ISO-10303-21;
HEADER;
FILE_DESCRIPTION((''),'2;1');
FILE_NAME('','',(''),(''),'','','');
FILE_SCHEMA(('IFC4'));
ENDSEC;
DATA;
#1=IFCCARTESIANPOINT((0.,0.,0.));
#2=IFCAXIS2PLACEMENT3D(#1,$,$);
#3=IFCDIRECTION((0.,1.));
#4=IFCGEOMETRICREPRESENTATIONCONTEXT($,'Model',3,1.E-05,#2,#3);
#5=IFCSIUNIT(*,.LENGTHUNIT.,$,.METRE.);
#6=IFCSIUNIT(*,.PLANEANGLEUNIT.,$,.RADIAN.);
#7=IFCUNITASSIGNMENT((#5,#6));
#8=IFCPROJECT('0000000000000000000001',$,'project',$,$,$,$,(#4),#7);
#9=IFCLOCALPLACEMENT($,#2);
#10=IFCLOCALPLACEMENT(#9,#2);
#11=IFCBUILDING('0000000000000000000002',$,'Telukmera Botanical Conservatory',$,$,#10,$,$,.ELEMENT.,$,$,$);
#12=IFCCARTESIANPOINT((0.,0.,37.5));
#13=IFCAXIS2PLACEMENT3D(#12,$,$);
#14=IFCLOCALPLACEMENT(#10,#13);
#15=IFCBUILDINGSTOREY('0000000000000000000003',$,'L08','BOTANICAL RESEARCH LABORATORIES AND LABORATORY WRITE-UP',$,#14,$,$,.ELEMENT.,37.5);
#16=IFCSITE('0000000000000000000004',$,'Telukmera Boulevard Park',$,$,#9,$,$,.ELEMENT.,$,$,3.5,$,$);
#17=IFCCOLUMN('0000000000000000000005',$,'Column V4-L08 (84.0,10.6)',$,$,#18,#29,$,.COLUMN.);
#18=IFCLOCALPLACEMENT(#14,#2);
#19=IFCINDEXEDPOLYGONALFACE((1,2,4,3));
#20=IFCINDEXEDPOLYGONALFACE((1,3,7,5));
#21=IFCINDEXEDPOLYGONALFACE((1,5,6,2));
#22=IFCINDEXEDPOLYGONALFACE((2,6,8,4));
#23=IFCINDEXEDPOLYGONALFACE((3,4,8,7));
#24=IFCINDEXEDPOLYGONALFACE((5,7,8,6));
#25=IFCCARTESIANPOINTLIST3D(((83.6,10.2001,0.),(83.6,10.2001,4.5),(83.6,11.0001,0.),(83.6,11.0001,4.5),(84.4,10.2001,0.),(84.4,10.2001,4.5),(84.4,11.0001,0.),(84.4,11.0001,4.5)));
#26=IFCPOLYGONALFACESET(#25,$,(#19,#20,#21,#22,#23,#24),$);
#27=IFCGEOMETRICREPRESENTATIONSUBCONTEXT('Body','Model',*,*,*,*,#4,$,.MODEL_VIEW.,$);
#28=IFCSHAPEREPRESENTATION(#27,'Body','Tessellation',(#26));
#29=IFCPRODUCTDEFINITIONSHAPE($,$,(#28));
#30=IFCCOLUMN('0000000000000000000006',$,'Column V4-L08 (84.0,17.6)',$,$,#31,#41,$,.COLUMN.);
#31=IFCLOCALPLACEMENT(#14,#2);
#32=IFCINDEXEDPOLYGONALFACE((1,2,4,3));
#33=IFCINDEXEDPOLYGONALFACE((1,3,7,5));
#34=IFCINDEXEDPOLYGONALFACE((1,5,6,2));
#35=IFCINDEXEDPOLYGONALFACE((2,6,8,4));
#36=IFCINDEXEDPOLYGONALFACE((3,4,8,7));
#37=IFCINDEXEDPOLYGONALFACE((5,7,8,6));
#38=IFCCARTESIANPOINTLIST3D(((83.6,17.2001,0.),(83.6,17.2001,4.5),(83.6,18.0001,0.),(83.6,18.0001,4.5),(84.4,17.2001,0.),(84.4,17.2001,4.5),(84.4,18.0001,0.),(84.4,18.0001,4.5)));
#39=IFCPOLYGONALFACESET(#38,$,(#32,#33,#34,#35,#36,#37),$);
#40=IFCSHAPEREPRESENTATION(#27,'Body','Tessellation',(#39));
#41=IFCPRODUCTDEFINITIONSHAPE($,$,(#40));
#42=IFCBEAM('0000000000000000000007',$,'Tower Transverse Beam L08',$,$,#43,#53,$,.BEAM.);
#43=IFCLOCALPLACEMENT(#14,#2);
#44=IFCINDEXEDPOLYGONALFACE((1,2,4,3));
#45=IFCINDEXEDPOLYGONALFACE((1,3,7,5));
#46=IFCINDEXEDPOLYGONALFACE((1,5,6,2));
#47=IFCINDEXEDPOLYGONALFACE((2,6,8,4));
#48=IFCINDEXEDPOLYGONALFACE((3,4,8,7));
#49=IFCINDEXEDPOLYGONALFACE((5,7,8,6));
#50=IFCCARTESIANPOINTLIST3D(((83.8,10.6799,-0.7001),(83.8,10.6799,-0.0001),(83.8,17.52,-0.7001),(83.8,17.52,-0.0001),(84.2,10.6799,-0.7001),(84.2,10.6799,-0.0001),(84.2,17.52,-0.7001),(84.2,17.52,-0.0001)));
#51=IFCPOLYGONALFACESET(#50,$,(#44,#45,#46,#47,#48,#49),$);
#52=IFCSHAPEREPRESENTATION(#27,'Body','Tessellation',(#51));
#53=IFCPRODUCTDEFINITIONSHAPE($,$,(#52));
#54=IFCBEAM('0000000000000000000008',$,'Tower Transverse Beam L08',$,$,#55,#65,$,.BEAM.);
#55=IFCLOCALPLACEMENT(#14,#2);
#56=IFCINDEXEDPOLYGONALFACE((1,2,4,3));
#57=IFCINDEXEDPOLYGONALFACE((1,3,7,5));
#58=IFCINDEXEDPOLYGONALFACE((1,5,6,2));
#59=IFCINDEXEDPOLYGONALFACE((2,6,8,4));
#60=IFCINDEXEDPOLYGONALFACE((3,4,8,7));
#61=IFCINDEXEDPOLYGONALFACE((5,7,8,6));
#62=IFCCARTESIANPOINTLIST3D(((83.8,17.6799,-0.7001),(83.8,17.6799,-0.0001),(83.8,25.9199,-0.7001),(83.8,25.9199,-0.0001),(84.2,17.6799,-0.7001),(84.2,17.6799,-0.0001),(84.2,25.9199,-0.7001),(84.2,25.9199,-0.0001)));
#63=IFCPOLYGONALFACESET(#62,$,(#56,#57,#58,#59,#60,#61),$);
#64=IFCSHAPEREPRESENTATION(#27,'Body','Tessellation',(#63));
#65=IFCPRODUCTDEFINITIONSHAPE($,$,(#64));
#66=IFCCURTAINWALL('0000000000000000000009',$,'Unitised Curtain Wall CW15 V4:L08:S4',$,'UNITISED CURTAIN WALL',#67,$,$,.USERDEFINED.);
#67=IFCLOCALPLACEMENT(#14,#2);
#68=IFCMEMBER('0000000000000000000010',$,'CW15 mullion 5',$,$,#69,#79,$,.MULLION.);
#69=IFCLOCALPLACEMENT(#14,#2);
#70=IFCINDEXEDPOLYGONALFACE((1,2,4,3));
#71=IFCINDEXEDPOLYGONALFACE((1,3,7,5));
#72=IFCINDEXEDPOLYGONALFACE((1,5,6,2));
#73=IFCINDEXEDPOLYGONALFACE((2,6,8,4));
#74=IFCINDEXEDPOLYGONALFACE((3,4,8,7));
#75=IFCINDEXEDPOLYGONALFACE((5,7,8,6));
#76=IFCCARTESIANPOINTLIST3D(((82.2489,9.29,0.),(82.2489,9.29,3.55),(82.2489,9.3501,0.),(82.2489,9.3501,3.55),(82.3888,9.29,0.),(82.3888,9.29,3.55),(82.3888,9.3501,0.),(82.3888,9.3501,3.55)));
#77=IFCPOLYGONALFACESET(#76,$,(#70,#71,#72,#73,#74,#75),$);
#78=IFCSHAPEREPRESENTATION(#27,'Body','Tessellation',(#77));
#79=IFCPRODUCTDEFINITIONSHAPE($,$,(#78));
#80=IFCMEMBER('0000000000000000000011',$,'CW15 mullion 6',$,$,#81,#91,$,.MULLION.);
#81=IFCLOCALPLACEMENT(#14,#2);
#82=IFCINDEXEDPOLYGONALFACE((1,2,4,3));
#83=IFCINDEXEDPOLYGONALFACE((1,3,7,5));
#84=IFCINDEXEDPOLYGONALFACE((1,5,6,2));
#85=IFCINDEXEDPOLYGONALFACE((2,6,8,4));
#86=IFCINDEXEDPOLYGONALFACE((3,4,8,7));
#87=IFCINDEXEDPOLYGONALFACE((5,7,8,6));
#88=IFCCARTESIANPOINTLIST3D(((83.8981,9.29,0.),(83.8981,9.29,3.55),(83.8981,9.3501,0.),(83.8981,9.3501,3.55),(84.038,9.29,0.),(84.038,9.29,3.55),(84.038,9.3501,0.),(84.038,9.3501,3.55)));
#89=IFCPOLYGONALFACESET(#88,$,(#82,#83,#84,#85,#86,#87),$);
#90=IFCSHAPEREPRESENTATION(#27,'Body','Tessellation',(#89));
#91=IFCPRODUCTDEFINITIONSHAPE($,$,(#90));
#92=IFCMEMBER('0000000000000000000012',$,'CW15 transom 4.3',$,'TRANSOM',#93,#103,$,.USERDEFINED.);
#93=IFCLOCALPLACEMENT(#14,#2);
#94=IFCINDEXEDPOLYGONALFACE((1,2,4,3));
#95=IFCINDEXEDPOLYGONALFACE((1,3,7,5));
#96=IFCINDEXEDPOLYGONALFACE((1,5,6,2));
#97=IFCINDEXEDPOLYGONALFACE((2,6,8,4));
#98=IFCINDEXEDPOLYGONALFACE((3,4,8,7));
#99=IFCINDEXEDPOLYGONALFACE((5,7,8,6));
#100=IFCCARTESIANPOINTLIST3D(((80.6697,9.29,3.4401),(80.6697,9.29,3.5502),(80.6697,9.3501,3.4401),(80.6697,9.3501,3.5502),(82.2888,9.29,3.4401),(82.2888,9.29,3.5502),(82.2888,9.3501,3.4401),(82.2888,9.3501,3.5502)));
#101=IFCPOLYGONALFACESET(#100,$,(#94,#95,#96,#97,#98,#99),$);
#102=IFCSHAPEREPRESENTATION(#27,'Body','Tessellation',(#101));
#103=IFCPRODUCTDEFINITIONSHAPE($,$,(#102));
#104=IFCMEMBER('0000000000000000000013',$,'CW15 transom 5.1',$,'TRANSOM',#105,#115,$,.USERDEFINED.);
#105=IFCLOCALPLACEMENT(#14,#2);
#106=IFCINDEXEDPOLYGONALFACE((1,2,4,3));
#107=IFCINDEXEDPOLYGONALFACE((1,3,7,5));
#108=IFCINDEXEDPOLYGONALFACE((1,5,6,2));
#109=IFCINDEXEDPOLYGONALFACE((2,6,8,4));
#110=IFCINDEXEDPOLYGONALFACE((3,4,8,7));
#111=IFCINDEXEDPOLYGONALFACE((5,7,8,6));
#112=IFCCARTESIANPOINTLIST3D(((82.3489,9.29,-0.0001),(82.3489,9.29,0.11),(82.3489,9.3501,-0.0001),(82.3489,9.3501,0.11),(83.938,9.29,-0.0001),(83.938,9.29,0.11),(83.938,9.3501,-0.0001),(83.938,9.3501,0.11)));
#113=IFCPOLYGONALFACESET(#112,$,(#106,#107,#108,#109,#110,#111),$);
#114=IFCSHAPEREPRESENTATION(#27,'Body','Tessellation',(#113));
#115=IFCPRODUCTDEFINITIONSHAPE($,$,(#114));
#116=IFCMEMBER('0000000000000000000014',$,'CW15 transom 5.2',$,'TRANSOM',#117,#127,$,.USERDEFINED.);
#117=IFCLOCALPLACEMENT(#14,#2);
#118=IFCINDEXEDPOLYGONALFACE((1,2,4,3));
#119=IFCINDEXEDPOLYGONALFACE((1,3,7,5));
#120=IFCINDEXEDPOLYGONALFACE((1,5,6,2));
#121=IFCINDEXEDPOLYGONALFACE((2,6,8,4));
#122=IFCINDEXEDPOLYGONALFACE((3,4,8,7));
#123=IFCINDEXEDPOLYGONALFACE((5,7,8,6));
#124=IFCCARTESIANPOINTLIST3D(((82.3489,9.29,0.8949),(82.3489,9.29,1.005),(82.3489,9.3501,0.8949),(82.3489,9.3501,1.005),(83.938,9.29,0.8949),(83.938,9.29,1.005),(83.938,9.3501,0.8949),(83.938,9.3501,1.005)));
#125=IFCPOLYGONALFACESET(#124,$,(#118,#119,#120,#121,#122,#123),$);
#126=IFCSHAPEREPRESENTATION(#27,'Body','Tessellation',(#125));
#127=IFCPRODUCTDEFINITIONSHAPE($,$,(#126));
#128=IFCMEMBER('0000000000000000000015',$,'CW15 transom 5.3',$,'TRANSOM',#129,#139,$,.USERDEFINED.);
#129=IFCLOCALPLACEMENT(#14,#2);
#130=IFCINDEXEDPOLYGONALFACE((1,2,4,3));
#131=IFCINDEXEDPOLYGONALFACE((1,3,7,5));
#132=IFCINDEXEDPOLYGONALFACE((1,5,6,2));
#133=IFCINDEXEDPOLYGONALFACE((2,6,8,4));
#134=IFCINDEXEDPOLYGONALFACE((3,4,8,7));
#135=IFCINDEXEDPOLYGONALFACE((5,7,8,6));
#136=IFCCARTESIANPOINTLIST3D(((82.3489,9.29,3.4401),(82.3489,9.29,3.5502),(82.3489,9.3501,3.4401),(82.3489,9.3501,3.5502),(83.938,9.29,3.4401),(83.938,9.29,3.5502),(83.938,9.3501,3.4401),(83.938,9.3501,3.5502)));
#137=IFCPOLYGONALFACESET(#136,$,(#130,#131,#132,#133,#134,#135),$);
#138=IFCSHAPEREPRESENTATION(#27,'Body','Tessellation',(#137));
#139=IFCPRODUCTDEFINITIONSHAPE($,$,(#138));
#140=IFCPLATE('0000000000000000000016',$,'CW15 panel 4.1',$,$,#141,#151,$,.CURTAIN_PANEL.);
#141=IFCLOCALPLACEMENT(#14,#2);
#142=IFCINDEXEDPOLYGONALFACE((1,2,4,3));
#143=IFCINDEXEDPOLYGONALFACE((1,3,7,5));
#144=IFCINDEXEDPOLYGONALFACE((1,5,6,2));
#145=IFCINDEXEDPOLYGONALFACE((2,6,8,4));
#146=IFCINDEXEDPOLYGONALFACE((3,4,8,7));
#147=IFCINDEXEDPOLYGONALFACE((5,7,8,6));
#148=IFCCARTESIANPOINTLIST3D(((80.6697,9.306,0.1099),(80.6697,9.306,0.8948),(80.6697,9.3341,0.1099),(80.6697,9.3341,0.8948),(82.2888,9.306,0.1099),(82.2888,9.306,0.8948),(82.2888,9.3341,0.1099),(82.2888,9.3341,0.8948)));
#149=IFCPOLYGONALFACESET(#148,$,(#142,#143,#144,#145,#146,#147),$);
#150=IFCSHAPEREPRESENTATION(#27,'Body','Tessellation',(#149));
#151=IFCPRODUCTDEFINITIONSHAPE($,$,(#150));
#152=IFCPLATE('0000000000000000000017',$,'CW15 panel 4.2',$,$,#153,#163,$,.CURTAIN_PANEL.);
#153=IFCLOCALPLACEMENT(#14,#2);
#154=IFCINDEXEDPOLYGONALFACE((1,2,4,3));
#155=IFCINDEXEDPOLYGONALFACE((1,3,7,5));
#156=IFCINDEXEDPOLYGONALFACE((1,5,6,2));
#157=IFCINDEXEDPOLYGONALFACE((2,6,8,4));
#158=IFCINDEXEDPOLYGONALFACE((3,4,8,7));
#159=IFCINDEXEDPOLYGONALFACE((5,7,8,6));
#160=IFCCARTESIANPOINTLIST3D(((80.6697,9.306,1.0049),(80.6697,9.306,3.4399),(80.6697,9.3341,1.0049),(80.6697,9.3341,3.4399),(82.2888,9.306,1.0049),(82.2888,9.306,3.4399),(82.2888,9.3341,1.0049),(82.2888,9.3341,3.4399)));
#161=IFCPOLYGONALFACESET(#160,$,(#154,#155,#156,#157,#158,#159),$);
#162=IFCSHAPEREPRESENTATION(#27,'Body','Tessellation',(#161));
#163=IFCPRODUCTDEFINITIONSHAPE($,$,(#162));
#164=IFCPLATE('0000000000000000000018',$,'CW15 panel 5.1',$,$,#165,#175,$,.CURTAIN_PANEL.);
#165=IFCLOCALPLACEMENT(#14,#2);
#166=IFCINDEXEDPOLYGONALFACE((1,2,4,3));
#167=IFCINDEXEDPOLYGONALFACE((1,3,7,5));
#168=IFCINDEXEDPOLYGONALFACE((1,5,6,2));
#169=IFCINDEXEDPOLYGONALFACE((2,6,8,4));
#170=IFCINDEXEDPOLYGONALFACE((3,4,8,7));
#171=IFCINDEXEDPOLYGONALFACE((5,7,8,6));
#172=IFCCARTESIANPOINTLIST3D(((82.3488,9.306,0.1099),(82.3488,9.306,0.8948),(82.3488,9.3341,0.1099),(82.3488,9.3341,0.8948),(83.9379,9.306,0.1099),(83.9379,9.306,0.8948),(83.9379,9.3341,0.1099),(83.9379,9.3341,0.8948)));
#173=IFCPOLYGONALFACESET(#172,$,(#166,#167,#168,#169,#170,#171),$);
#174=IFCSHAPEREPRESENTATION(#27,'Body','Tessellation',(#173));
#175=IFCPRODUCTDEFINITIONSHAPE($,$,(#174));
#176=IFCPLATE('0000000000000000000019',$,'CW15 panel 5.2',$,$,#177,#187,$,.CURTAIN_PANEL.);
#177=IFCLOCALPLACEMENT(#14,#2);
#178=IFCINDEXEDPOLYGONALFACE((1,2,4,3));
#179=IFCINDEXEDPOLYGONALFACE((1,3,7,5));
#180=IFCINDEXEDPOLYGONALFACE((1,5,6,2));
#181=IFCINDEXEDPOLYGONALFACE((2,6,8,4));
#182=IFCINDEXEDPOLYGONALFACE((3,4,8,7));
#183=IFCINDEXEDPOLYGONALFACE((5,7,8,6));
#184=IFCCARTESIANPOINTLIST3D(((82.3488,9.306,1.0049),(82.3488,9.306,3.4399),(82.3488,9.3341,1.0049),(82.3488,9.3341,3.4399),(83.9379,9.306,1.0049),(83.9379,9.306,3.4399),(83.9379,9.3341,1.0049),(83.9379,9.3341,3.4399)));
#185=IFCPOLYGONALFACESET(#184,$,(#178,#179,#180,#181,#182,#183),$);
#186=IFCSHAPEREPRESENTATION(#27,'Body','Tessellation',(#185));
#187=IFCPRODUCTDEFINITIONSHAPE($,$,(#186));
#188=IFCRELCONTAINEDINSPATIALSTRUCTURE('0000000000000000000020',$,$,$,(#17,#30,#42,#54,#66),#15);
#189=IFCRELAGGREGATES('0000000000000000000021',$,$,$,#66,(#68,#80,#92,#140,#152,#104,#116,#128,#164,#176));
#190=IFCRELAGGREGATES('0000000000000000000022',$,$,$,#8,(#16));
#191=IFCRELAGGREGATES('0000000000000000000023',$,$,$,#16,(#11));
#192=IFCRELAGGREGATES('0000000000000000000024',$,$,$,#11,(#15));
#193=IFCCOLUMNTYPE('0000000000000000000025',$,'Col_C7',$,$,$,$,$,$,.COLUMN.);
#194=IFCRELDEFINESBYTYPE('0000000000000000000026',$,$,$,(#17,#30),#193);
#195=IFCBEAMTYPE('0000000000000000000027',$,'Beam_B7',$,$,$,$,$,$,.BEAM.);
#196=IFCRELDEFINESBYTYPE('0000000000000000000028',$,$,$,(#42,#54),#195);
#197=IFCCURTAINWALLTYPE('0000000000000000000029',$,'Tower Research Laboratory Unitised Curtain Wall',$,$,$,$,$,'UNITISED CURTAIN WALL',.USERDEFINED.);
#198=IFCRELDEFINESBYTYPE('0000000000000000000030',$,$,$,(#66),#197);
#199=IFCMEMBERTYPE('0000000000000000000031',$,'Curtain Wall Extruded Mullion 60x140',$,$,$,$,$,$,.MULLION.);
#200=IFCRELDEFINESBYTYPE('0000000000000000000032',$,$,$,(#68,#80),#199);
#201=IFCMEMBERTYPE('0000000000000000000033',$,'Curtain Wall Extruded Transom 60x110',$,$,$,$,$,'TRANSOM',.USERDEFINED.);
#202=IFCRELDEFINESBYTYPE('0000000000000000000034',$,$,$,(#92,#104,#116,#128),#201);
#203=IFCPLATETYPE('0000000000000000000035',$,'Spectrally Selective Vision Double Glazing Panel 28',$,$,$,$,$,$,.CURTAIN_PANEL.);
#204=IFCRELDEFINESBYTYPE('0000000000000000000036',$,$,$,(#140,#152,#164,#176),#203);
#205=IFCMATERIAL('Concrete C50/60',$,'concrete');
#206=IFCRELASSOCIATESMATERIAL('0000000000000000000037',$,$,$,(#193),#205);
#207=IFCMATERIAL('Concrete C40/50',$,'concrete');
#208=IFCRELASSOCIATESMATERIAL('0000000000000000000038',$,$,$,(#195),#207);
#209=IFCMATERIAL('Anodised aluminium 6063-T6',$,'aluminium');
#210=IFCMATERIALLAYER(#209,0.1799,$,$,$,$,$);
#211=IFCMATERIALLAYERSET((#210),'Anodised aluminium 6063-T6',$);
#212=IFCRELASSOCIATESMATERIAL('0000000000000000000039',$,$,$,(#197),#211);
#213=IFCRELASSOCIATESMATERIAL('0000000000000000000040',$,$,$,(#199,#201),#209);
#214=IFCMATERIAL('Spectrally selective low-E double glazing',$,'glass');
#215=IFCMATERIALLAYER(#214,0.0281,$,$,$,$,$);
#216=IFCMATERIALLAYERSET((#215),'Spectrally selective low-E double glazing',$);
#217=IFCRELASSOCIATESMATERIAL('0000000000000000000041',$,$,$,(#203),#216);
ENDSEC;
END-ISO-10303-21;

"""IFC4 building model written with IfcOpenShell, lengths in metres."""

from ifc_helpers import new_model, si_unit, direction, frame, origin, origin_2d, place, context, subcontext, project, spatial, rectangle, extrude, material, layer, layer_set, material_profile, profile_set, type_object, element, aggregate, save


model = new_model("IFC4")

# Units and contexts
model_context = context("Model", 3, precision=1e-05, world=origin(), true_north=direction((0.0, 1.0)))
body_context = subcontext(model_context, "Body", "Model", "MODEL_VIEW")
ifc_project = project(units=[si_unit("LENGTHUNIT", "METRE"), si_unit("PLANEANGLEUNIT", "RADIAN")], contexts=[model_context])

# Site, building, storey
site_placement = place(None, origin())
site = spatial("IfcSite", under=ifc_project, at=site_placement, Name="Telukmera Boulevard Park", CompositionType="ELEMENT", RefElevation=3.5)
building_placement = place(site_placement, origin())
building = spatial("IfcBuilding", under=site, at=building_placement, Name="Telukmera Botanical Conservatory", CompositionType="ELEMENT")
storey_placement = place(building_placement, frame((0.0, 0.0, 37.5)))
storey = spatial("IfcBuildingStorey", under=building, at=storey_placement, Name="L08", Description="BOTANICAL RESEARCH LABORATORIES AND LABORATORY WRITE-UP", CompositionType="ELEMENT", Elevation=37.5)

# Columns
ifc_material_1 = material(Name="Concrete C50/60", Category="concrete")
ifc_material_profile_1 = material_profile(ifc_material_1, rectangle(XDim=0.8, YDim=0.8, at=origin_2d()), Name="RC 800x800")
ifc_profile_set_1 = profile_set([ifc_material_profile_1], Name="Concrete C50/60")
column_type = type_object("IfcColumnType", Name="Col_C7", PredefinedType="COLUMN", material=ifc_profile_set_1)
for number, where, z_axis, x_axis, name in (
    (1, (84.0, 10.6001, 0.0), (0.0, 0.0, 1.0), (1.0, 0.0, 0.0), "Column V4-L08 (84.0,10.6)"),
    (2, (84.0, 17.6001, 0.0), (0.0, 0.0, 1.0), (1.0, 0.0, 0.0), "Column V4-L08 (84.0,17.6)"),
):
    element("IfcColumn", number, at=place(storey_placement, frame(where, z_axis=z_axis, x_axis=x_axis)), inside=storey, type_object=column_type, Name=name, PredefinedType="COLUMN", context=body_context, shape_type="SweptSolid", body=[
        extrude(rectangle(XDim=0.8, YDim=0.8, at=origin_2d()), origin(), (0.0, 0.0, 1.0), 4.5),
    ])

# Beams
ifc_material_2 = material(Name="Concrete C40/50", Category="concrete")
ifc_material_profile_2 = material_profile(ifc_material_2, rectangle(XDim=0.3999, YDim=0.7, at=origin_2d()), Name="RC 400x700")
ifc_profile_set_2 = profile_set([ifc_material_profile_2], Name="Concrete C40/50")
beam_type = type_object("IfcBeamType", Name="Beam_B7", PredefinedType="BEAM", material=ifc_profile_set_2)
beam_1_placement = place(storey_placement, frame((84.0, 10.6799, -0.3501), z_axis=(0.0, 1.0, 0.0), x_axis=(-1.0, 0.0, 0.0)))
element("IfcBeam", 3, at=beam_1_placement, inside=storey, type_object=beam_type, Name="Tower Transverse Beam L08", PredefinedType="BEAM", context=body_context, shape_type="SweptSolid", body=[
    extrude(rectangle(XDim=0.3999, YDim=0.7, at=origin_2d()), origin(), (0.0, 0.0, 1.0), 6.8401),
])
beam_2_placement = place(storey_placement, frame((84.0, 17.6799, -0.3501), z_axis=(0.0, 1.0, 0.0), x_axis=(-1.0, 0.0, 0.0)))
element("IfcBeam", 4, at=beam_2_placement, inside=storey, type_object=beam_type, Name="Tower Transverse Beam L08", PredefinedType="BEAM", context=body_context, shape_type="SweptSolid", body=[
    extrude(rectangle(XDim=0.3999, YDim=0.7, at=origin_2d()), origin(), (0.0, 0.0, 1.0), 8.24),
])

# Curtain wall, members, plates
ifc_material_3 = material(Name="Anodised aluminium 6063-T6", Category="aluminium")
ifc_layer_1 = layer(ifc_material_3, 0.1799)
ifc_layer_set_1 = layer_set([ifc_layer_1], Name="Anodised aluminium 6063-T6")
curtain_wall_type = type_object("IfcCurtainWallType", Name="Tower Research Laboratory Unitised Curtain Wall", ElementType="UNITISED CURTAIN WALL", PredefinedType="USERDEFINED", material=ifc_layer_set_1)
curtain_wall_placement = place(storey_placement, origin())
curtain_wall = element("IfcCurtainWall", 5, at=curtain_wall_placement, inside=storey, type_object=curtain_wall_type, Name="Unitised Curtain Wall CW15 V4:L08:S4", ObjectType="UNITISED CURTAIN WALL", PredefinedType="USERDEFINED")
ifc_material_profile_3 = material_profile(ifc_material_3, rectangle(XDim=0.0601, YDim=0.1399, at=origin_2d()), Name="ALU MULL 60x140")
ifc_profile_set_3 = profile_set([ifc_material_profile_3], Name="Anodised aluminium 6063-T6")
member_type_1 = type_object("IfcMemberType", Name="Curtain Wall Extruded Mullion 60x140", PredefinedType="MULLION", material=ifc_profile_set_3)
member_1_placement = place(storey_placement, frame((82.3188, 9.3201, 0.0), z_axis=(0.0, 0.0, 1.0), x_axis=(0.0, 1.0, 0.0)))
member_1 = element("IfcMember", 6, at=member_1_placement, type_object=member_type_1, Name="CW15 mullion 5", PredefinedType="MULLION", context=body_context, shape_type="SweptSolid", body=[
    extrude(rectangle(XDim=0.0601, YDim=0.1399, at=origin_2d()), origin(), (0.0, 0.0, 1.0), 3.55),
])
member_2_placement = place(storey_placement, frame((83.968, 9.3201, 0.0), z_axis=(0.0, 0.0, 1.0), x_axis=(0.0, 1.0, 0.0)))
member_2 = element("IfcMember", 7, at=member_2_placement, type_object=member_type_1, Name="CW15 mullion 6", PredefinedType="MULLION", context=body_context, shape_type="SweptSolid", body=[
    extrude(rectangle(XDim=0.0601, YDim=0.1399, at=origin_2d()), origin(), (0.0, 0.0, 1.0), 3.55),
])
ifc_material_profile_4 = material_profile(ifc_material_3, rectangle(XDim=0.0601, YDim=0.1101, at=origin_2d()), Name="ALU TRAN 60x110")
ifc_profile_set_4 = profile_set([ifc_material_profile_4], Name="Anodised aluminium 6063-T6")
member_type_2 = type_object("IfcMemberType", Name="Curtain Wall Extruded Transom 60x110", ElementType="TRANSOM", PredefinedType="USERDEFINED", material=ifc_profile_set_4)
member_3_placement = place(storey_placement, frame((80.6697, 9.3201, 3.4951), z_axis=(1.0, 0.0, 0.0), x_axis=(0.0, 1.0, 0.0)))
member_3 = element("IfcMember", 8, at=member_3_placement, type_object=member_type_2, Name="CW15 transom 4.3", ObjectType="TRANSOM", PredefinedType="USERDEFINED", context=body_context, shape_type="SweptSolid", body=[
    extrude(rectangle(XDim=0.0601, YDim=0.1101, at=origin_2d()), origin(), (0.0, 0.0, 1.0), 1.6191),
])
member_4_placement = place(storey_placement, frame((82.3489, 9.3201, 0.0549), z_axis=(1.0, 0.0, 0.0), x_axis=(0.0, 1.0, 0.0)))
member_4 = element("IfcMember", 9, at=member_4_placement, type_object=member_type_2, Name="CW15 transom 5.1", ObjectType="TRANSOM", PredefinedType="USERDEFINED", context=body_context, shape_type="SweptSolid", body=[
    extrude(rectangle(XDim=0.0601, YDim=0.1101, at=origin_2d()), origin(), (0.0, 0.0, 1.0), 1.5891),
])
member_5_placement = place(storey_placement, frame((82.3489, 9.3201, 0.95), z_axis=(1.0, 0.0, 0.0), x_axis=(0.0, 1.0, 0.0)))
member_5 = element("IfcMember", 10, at=member_5_placement, type_object=member_type_2, Name="CW15 transom 5.2", ObjectType="TRANSOM", PredefinedType="USERDEFINED", context=body_context, shape_type="SweptSolid", body=[
    extrude(rectangle(XDim=0.0601, YDim=0.1101, at=origin_2d()), origin(), (0.0, 0.0, 1.0), 1.5891),
])
member_6_placement = place(storey_placement, frame((82.3489, 9.3201, 3.4951), z_axis=(1.0, 0.0, 0.0), x_axis=(0.0, 1.0, 0.0)))
member_6 = element("IfcMember", 11, at=member_6_placement, type_object=member_type_2, Name="CW15 transom 5.3", ObjectType="TRANSOM", PredefinedType="USERDEFINED", context=body_context, shape_type="SweptSolid", body=[
    extrude(rectangle(XDim=0.0601, YDim=0.1101, at=origin_2d()), origin(), (0.0, 0.0, 1.0), 1.5891),
])
ifc_material_4 = material(Name="Spectrally selective low-E double glazing", Category="glass")
ifc_layer_2 = layer(ifc_material_4, 0.0281)
ifc_layer_set_2 = layer_set([ifc_layer_2], Name="Spectrally selective low-E double glazing")
plate_type = type_object("IfcPlateType", Name="Spectrally Selective Vision Double Glazing Panel 28", PredefinedType="CURTAIN_PANEL", material=ifc_layer_set_2)
plate_1_placement = place(storey_placement, frame((81.4792, 9.3201, 0.1099), z_axis=(0.0, 0.0, 1.0), x_axis=(1.0, 0.0, 0.0)))
plate_1 = element("IfcPlate", 12, at=plate_1_placement, type_object=plate_type, Name="CW15 panel 4.1", PredefinedType="CURTAIN_PANEL", context=body_context, shape_type="SweptSolid", body=[
    extrude(rectangle(XDim=1.6191, YDim=0.0281, at=origin_2d()), origin(), (0.0, 0.0, 1.0), 0.7849),
])
plate_2_placement = place(storey_placement, frame((81.4792, 9.3201, 1.0049), z_axis=(0.0, 0.0, 1.0), x_axis=(1.0, 0.0, 0.0)))
plate_2 = element("IfcPlate", 13, at=plate_2_placement, type_object=plate_type, Name="CW15 panel 4.2", PredefinedType="CURTAIN_PANEL", context=body_context, shape_type="SweptSolid", body=[
    extrude(rectangle(XDim=1.6191, YDim=0.0281, at=origin_2d()), origin(), (0.0, 0.0, 1.0), 2.4351),
])
plate_3_placement = place(storey_placement, frame((83.1433, 9.3201, 0.1099), z_axis=(0.0, 0.0, 1.0), x_axis=(1.0, 0.0, 0.0)))
plate_3 = element("IfcPlate", 14, at=plate_3_placement, type_object=plate_type, Name="CW15 panel 5.1", PredefinedType="CURTAIN_PANEL", context=body_context, shape_type="SweptSolid", body=[
    extrude(rectangle(XDim=1.5891, YDim=0.0281, at=origin_2d()), origin(), (0.0, 0.0, 1.0), 0.7849),
])
plate_4_placement = place(storey_placement, frame((83.1433, 9.3201, 1.0049), z_axis=(0.0, 0.0, 1.0), x_axis=(1.0, 0.0, 0.0)))
plate_4 = element("IfcPlate", 15, at=plate_4_placement, type_object=plate_type, Name="CW15 panel 5.2", PredefinedType="CURTAIN_PANEL", context=body_context, shape_type="SweptSolid", body=[
    extrude(rectangle(XDim=1.5891, YDim=0.0281, at=origin_2d()), origin(), (0.0, 0.0, 1.0), 2.4351),
])
aggregate(curtain_wall, [member_1, member_2, member_3, plate_1, plate_2, member_4, member_5, member_6, plate_3, plate_4])

save(model, "model.ifc")
